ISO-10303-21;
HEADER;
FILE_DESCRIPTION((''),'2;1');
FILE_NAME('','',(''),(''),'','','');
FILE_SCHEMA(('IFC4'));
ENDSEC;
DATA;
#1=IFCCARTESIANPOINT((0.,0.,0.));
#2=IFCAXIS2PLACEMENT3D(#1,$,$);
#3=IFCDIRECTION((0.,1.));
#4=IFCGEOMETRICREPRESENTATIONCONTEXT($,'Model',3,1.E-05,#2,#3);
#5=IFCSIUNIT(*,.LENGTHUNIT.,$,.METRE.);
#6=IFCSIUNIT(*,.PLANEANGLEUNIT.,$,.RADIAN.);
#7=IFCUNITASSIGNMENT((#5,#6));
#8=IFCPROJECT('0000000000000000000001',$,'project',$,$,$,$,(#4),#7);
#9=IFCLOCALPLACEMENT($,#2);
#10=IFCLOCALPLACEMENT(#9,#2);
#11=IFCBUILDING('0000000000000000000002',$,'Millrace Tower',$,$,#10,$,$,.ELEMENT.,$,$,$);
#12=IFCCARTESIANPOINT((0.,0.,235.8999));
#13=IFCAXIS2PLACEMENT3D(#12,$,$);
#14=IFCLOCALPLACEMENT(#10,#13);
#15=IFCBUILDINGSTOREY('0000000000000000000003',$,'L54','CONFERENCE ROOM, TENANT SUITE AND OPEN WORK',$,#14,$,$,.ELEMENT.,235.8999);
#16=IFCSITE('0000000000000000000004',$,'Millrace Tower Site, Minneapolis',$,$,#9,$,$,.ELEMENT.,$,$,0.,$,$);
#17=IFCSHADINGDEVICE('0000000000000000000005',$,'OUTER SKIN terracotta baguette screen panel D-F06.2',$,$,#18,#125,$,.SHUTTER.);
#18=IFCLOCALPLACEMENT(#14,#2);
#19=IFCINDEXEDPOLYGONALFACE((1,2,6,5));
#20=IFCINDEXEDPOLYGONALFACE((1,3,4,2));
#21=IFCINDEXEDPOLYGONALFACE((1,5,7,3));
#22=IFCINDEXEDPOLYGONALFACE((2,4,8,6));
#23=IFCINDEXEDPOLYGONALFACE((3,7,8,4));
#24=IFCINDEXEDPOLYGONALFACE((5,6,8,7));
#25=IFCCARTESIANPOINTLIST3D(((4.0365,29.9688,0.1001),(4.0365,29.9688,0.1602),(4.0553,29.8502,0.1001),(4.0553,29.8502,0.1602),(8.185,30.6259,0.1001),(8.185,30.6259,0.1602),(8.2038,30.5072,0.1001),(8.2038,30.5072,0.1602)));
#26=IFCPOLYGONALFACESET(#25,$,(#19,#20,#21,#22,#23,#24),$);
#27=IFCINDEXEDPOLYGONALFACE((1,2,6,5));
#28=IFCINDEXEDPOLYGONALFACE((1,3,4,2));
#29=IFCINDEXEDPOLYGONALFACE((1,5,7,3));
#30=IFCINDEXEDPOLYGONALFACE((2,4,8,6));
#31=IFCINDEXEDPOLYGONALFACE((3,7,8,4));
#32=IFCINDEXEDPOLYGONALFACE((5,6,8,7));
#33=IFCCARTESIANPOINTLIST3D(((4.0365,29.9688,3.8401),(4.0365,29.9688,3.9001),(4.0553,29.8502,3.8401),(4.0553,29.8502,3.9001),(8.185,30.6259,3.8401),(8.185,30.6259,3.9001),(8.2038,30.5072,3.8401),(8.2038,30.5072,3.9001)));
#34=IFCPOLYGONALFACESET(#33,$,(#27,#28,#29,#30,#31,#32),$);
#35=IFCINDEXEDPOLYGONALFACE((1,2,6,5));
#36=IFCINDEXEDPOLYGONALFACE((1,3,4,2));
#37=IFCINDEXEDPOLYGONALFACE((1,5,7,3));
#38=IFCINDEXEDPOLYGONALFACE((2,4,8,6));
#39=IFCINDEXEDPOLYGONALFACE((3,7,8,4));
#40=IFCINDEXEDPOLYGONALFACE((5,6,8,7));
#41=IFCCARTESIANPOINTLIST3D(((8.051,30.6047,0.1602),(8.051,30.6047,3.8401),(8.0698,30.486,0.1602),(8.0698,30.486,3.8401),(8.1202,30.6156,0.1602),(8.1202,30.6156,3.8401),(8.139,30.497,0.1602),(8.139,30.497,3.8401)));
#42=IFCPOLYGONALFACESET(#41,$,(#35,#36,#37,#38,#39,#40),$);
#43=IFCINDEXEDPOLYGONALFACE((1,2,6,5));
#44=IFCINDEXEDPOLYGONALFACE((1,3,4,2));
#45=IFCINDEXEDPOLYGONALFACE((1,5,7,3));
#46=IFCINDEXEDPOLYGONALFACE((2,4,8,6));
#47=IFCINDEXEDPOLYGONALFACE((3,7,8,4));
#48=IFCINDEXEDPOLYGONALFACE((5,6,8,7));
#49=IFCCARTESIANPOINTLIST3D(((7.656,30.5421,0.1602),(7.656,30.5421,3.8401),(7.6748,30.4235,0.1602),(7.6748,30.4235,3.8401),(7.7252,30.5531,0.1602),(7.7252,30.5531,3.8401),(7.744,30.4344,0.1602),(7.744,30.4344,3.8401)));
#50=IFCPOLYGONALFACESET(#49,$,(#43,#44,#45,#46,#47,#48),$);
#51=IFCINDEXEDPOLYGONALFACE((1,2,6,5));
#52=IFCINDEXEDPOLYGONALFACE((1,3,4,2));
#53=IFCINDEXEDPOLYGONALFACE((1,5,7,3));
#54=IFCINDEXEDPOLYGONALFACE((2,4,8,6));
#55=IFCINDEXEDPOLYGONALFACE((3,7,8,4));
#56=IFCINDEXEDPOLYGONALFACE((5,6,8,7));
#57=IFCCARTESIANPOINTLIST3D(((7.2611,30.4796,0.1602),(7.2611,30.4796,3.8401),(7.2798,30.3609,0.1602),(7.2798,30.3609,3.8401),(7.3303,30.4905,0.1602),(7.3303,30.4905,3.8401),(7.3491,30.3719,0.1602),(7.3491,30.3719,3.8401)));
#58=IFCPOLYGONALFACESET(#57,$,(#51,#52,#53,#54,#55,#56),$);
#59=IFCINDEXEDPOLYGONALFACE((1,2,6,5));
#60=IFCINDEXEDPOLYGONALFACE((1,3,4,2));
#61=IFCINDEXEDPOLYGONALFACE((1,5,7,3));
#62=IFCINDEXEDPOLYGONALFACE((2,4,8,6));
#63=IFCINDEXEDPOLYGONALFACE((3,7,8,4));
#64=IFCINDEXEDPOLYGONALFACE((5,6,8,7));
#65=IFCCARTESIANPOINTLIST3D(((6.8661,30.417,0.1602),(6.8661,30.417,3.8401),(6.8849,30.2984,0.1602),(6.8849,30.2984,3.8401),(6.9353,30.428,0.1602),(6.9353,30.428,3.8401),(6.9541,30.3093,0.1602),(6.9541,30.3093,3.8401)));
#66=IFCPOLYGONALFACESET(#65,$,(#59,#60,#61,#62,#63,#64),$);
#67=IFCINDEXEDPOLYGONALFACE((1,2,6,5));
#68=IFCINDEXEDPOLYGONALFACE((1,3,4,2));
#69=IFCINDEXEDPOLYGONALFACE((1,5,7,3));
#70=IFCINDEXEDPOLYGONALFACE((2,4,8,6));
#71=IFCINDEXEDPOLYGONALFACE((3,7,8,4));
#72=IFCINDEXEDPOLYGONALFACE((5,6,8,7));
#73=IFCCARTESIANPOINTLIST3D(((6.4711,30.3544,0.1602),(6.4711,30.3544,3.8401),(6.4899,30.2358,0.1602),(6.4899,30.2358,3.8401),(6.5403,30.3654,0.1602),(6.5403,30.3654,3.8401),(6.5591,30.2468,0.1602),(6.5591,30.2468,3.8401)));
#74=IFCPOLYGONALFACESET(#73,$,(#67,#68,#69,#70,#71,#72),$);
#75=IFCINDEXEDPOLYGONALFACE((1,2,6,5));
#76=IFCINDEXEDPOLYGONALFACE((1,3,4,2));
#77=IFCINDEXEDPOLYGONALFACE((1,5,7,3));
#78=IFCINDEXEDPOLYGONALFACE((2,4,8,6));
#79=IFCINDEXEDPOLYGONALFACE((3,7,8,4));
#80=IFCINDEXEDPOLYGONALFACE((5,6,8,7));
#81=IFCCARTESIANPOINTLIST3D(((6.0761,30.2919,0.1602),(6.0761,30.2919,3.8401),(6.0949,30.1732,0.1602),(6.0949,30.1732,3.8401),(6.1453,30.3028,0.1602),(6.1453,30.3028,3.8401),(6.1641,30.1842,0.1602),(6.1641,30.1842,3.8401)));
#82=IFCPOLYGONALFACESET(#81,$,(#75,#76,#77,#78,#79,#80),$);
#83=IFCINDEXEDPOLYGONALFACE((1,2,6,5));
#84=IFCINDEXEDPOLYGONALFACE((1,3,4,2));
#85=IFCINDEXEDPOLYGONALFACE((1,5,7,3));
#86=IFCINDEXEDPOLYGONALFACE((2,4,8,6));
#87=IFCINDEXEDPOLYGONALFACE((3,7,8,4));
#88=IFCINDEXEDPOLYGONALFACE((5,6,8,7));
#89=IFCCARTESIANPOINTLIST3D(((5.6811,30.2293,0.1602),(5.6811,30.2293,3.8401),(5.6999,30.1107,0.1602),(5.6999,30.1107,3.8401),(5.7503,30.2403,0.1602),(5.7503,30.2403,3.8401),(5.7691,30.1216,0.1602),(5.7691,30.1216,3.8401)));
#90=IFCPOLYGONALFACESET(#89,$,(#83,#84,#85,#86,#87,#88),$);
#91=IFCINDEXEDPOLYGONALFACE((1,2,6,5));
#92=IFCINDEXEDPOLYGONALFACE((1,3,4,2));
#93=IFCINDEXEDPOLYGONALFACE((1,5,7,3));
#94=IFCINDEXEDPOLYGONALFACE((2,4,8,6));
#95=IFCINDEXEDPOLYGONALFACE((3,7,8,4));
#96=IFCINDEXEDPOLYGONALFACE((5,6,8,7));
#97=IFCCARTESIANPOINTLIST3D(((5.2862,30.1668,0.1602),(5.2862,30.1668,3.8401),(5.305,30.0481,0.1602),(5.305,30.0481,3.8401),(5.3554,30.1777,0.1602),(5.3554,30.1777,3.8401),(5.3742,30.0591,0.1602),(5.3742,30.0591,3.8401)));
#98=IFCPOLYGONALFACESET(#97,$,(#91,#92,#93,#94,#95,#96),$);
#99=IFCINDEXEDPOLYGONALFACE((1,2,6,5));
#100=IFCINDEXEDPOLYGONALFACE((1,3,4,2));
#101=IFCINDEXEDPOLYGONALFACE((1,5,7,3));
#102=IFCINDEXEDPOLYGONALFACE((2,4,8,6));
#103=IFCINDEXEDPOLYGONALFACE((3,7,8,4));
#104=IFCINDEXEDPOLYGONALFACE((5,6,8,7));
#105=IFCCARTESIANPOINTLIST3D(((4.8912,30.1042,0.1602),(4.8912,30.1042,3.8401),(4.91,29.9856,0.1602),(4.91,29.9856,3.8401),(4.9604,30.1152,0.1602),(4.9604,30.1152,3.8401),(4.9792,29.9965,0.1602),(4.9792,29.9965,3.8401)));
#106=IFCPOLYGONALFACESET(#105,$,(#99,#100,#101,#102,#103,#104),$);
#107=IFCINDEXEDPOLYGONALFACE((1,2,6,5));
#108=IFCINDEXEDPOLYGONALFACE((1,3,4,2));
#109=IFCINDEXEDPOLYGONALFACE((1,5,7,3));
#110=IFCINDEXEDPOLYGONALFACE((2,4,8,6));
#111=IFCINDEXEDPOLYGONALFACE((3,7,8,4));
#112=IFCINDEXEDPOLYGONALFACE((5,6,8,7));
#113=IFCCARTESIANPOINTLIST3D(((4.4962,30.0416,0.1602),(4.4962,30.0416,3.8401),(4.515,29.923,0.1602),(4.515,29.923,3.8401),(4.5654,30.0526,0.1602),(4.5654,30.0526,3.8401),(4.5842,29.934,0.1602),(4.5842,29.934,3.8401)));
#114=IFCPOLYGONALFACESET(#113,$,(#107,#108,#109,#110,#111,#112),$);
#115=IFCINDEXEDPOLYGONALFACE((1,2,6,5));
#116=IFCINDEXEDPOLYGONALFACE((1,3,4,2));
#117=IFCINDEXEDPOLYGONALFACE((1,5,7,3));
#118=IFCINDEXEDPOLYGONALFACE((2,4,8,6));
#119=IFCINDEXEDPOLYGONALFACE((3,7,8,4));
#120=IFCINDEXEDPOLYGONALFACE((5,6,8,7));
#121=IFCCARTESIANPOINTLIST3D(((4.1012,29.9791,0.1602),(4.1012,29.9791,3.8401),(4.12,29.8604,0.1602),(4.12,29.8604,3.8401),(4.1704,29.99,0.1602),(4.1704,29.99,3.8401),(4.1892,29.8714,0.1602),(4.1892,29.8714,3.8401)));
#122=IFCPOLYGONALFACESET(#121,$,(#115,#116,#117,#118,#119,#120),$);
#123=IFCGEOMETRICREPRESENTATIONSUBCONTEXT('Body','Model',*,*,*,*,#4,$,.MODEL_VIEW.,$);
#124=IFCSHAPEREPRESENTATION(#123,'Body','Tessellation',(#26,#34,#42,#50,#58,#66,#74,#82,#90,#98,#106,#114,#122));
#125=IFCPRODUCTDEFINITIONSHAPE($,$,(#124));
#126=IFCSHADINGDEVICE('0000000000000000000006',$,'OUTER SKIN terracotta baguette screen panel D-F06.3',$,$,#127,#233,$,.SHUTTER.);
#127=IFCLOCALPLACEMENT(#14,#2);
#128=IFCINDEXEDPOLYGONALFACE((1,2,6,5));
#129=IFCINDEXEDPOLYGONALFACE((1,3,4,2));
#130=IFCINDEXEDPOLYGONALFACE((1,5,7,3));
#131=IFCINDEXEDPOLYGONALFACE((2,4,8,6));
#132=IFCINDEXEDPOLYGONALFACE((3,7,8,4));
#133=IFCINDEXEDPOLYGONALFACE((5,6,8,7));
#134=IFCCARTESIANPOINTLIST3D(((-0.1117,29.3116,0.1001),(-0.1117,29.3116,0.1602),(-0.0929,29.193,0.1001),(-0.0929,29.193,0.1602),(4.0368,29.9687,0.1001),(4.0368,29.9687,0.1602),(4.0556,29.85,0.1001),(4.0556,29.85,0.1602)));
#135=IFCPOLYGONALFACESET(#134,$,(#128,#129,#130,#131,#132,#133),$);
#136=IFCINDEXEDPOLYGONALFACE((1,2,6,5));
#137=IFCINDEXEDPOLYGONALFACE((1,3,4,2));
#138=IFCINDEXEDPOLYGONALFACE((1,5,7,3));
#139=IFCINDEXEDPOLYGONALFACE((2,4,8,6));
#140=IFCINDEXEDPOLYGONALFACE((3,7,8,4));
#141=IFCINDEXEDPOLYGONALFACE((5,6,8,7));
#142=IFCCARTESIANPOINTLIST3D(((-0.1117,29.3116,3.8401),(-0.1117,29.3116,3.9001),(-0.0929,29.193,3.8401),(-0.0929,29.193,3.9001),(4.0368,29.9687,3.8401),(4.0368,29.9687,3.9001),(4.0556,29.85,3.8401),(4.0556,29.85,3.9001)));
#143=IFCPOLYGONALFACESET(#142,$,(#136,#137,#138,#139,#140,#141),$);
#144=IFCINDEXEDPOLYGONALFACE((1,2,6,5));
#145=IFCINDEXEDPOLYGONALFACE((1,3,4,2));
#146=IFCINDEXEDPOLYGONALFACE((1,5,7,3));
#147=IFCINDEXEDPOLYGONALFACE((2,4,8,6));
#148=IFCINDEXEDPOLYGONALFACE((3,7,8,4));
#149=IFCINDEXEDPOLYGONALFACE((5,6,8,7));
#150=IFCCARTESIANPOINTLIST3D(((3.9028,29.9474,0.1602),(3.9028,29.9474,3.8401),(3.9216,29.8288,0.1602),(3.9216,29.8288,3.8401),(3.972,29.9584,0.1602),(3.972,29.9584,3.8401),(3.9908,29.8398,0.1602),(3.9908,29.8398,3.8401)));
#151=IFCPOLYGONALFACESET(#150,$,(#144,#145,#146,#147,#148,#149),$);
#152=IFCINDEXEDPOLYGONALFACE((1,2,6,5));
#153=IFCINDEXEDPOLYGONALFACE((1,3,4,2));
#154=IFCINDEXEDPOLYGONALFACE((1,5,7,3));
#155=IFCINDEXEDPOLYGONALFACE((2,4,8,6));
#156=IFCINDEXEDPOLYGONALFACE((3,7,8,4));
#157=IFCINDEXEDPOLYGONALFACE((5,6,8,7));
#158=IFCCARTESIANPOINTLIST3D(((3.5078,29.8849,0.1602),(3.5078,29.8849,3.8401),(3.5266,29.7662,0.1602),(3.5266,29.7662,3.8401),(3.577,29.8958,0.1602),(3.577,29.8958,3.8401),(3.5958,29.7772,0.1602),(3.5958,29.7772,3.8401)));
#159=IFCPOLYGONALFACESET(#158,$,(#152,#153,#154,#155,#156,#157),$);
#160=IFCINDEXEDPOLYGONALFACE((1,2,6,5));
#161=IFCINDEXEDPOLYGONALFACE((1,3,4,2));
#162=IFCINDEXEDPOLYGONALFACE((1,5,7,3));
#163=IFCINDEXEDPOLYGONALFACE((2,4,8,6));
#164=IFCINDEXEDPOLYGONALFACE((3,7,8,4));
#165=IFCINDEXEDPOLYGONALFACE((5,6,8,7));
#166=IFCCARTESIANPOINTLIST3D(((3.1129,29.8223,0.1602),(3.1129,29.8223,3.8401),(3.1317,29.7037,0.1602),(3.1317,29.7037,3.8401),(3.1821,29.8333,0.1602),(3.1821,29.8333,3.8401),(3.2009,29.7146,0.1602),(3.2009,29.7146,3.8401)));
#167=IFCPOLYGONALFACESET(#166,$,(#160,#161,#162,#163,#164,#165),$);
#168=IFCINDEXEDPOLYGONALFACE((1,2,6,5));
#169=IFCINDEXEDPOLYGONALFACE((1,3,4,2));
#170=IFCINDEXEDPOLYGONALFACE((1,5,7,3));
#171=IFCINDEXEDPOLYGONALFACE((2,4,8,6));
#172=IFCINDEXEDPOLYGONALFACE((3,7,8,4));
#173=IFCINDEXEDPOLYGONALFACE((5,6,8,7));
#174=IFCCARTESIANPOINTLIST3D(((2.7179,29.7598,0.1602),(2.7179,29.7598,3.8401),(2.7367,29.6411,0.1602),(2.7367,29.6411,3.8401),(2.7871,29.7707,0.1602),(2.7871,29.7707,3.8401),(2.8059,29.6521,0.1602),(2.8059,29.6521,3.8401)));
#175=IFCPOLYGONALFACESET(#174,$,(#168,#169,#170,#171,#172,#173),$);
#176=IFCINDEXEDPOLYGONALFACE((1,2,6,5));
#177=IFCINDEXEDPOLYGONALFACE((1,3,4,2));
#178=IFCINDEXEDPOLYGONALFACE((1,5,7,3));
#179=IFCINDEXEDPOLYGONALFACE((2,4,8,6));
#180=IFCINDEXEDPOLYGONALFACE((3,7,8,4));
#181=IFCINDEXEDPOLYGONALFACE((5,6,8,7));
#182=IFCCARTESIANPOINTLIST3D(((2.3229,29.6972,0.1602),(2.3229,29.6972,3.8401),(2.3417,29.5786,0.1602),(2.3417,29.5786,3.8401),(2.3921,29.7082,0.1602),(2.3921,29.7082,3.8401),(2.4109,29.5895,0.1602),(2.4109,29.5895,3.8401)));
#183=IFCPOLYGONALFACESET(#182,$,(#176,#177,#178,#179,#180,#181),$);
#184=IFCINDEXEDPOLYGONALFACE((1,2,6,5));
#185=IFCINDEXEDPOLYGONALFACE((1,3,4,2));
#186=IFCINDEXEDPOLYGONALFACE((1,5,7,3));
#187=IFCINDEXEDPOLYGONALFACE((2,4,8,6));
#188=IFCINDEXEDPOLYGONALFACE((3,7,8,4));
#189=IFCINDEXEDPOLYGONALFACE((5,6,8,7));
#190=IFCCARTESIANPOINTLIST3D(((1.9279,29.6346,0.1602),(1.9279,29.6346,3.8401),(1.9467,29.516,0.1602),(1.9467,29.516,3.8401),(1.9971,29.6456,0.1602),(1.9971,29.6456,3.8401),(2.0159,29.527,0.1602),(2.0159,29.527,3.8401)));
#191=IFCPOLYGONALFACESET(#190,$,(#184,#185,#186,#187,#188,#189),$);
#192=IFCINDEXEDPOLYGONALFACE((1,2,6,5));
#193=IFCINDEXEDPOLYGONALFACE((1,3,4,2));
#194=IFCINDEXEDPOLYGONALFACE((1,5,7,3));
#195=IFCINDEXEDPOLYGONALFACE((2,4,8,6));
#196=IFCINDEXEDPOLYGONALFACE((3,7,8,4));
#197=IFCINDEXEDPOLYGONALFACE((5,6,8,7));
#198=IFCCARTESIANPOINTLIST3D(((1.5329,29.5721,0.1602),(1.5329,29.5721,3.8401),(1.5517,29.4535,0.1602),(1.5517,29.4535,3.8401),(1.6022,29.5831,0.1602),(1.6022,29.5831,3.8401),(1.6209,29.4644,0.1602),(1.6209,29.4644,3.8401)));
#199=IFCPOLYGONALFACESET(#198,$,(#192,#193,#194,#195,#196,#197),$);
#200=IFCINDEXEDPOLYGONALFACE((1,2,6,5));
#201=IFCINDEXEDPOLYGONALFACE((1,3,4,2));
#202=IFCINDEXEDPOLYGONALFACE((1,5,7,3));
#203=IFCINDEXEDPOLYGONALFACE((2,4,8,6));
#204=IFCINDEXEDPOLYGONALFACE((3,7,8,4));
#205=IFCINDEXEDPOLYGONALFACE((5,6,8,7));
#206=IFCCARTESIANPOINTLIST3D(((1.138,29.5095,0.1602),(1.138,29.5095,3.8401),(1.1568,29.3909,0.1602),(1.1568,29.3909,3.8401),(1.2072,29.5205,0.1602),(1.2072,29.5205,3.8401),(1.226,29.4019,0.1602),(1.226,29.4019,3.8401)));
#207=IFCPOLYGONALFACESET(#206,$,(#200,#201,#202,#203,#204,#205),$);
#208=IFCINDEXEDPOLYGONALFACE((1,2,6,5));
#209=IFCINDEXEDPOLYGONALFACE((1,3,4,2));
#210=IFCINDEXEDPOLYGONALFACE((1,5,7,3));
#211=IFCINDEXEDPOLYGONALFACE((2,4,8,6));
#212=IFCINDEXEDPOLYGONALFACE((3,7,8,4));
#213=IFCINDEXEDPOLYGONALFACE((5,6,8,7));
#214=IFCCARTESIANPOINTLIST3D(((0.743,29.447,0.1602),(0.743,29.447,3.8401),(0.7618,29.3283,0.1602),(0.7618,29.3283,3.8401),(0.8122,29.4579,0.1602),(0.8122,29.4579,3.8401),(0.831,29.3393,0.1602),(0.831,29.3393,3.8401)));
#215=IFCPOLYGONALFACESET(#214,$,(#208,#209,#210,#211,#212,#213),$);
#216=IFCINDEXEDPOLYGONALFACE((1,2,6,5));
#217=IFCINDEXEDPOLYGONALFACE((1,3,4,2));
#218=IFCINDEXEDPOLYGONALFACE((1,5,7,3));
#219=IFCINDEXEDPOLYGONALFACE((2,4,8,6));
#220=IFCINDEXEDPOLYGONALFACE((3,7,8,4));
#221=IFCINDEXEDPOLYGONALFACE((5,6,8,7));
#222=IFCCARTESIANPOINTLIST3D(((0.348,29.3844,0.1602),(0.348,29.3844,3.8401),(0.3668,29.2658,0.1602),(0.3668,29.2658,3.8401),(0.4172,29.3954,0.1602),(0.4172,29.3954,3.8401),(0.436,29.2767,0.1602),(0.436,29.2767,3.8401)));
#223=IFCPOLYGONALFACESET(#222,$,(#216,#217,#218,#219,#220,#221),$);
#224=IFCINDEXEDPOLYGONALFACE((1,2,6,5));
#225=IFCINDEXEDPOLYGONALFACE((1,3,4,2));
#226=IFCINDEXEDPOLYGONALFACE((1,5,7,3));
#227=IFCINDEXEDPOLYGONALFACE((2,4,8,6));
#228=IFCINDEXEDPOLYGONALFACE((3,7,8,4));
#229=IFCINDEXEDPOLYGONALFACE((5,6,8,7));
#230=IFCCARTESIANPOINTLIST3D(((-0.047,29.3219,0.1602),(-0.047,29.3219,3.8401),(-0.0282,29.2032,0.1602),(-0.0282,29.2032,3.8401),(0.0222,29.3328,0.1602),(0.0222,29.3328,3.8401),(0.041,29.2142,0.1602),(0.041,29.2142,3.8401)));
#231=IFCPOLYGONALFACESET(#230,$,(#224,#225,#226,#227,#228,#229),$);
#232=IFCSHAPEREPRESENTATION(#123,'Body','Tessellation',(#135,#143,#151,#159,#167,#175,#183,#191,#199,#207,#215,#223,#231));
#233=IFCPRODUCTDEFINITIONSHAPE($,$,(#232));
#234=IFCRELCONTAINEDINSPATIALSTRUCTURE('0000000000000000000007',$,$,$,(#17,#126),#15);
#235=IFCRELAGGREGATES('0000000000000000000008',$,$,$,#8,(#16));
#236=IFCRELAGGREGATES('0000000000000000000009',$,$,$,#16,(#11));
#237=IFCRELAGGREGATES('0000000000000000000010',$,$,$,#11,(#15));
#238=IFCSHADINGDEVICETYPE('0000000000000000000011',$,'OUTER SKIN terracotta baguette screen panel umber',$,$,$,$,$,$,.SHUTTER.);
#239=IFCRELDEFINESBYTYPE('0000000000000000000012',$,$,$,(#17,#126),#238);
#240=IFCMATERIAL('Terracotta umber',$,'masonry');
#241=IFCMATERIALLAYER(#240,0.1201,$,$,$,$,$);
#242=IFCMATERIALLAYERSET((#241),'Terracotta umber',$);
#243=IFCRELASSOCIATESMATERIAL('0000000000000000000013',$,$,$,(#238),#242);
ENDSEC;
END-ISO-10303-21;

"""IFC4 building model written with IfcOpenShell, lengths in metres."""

from ifc_helpers import new_model, entity, si_unit, direction, frame, frame_2d, origin, origin_2d, place, context, subcontext, project, spatial, rectangle, extrude, source, transform, mapped, material, layer, layer_set, type_object, element, save


model = new_model("IFC4")

# Units and contexts
model_context = context("Model", 3, precision=1e-05, world=origin(), true_north=direction((0.0, 1.0)))
body_context = subcontext(model_context, "Body", "Model", "MODEL_VIEW")
ifc_project = project(units=[si_unit("LENGTHUNIT", "METRE"), si_unit("PLANEANGLEUNIT", "RADIAN")], contexts=[model_context])

# Site, building, storey
site_placement = place(None, origin())
site = spatial("IfcSite", under=ifc_project, at=site_placement, Name="Millrace Tower Site, Minneapolis", CompositionType="ELEMENT", RefElevation=0.0)
building_placement = place(site_placement, origin())
building = spatial("IfcBuilding", under=site, at=building_placement, Name="Millrace Tower", CompositionType="ELEMENT")
storey_placement = place(building_placement, frame((0.0, 0.0, 235.8999)))
storey = spatial("IfcBuildingStorey", under=building, at=storey_placement, Name="L54", Description="CONFERENCE ROOM, TENANT SUITE AND OPEN WORK", CompositionType="ELEMENT", Elevation=235.8999)

# Shading devices
ifc_material_1 = material(Name="Terracotta umber", Category="masonry")
ifc_layer_1 = layer(ifc_material_1, 0.1201)
ifc_layer_set_1 = layer_set([ifc_layer_1], Name="Terracotta umber")
shading_device_type = type_object("IfcShadingDeviceType", Name="OUTER SKIN terracotta baguette screen panel umber", PredefinedType="SHUTTER", material=ifc_layer_set_1)
cartesian_point_1 = entity("IfcCartesianPoint", [-2.1001, 0.0601])
shared_polyline_1 = entity("IfcPolyline", [cartesian_point_1, entity("IfcCartesianPoint", [2.1001, 0.0601]), entity("IfcCartesianPoint", [2.1001, -0.0601]), entity("IfcCartesianPoint", [-2.1001, -0.0601]), cartesian_point_1])
shared_shape_1 = source(origin(), body_context, "Body", "SweptSolid", [
    entity("IfcExtrudedAreaSolid", entity("IfcArbitraryClosedProfileDef", "AREA", None, shared_polyline_1), entity("IfcAxis2Placement3D", entity("IfcCartesianPoint", [0.0, 0.0, 0.0])), entity("IfcDirection", [0.0, 0.0, 1.0]), 0.0601),
    entity("IfcExtrudedAreaSolid", entity("IfcArbitraryClosedProfileDef", "AREA", None, shared_polyline_1), entity("IfcAxis2Placement3D", entity("IfcCartesianPoint", [0.0, 0.0, 3.74])), entity("IfcDirection", [0.0, 0.0, 1.0]), 0.0601),
    extrude(rectangle(XDim=0.0701, YDim=0.1201, at=frame_2d((-1.9995, 0.0))), frame((0.0, 0.0, 0.0601)), (0.0, 0.0, 1.0), 3.6799),
    extrude(rectangle(XDim=0.0701, YDim=0.1201, at=frame_2d((-1.5996, 0.0))), frame((0.0, 0.0, 0.0601)), (0.0, 0.0, 1.0), 3.6799),
    extrude(rectangle(XDim=0.0701, YDim=0.1201, at=frame_2d((-1.1997, 0.0))), frame((0.0, 0.0, 0.0601)), (0.0, 0.0, 1.0), 3.6799),
    extrude(rectangle(XDim=0.0701, YDim=0.1201, at=frame_2d((-0.7998, 0.0))), frame((0.0, 0.0, 0.0601)), (0.0, 0.0, 1.0), 3.6799),
    extrude(rectangle(XDim=0.0701, YDim=0.1201, at=frame_2d((-0.3999, 0.0))), frame((0.0, 0.0, 0.0601)), (0.0, 0.0, 1.0), 3.6799),
    extrude(rectangle(XDim=0.0701, YDim=0.1201, at=origin_2d()), frame((0.0, 0.0, 0.0601)), (0.0, 0.0, 1.0), 3.6799),
    extrude(rectangle(XDim=0.0701, YDim=0.1201, at=frame_2d((0.3999, 0.0))), frame((0.0, 0.0, 0.0601)), (0.0, 0.0, 1.0), 3.6799),
    extrude(rectangle(XDim=0.0701, YDim=0.1201, at=frame_2d((0.7998, 0.0))), frame((0.0, 0.0, 0.0601)), (0.0, 0.0, 1.0), 3.6799),
    extrude(rectangle(XDim=0.0701, YDim=0.1201, at=frame_2d((1.1997, 0.0))), frame((0.0, 0.0, 0.0601)), (0.0, 0.0, 1.0), 3.6799),
    extrude(rectangle(XDim=0.0701, YDim=0.1201, at=frame_2d((1.5996, 0.0))), frame((0.0, 0.0, 0.0601)), (0.0, 0.0, 1.0), 3.6799),
    extrude(rectangle(XDim=0.0701, YDim=0.1201, at=frame_2d((1.9995, 0.0))), frame((0.0, 0.0, 0.0601)), (0.0, 0.0, 1.0), 3.6799),
])
for number, where, z_axis, x_axis, name in (
    (1, (6.1201, 30.238, 0.1001), (0.0, 0.0, 1.0), (-0.987688, -0.156434, 0.0), "OUTER SKIN terracotta baguette screen panel D-F06.2"),
    (2, (1.9719, 29.5808, 0.1001), (0.0, 0.0, 1.0), (-0.987688, -0.156434, 0.0), "OUTER SKIN terracotta baguette screen panel D-F06.3"),
):
    element("IfcShadingDevice", number, at=place(storey_placement, frame(where, z_axis=z_axis, x_axis=x_axis)), inside=storey, type_object=shading_device_type, Name=name, PredefinedType="SHUTTER", context=body_context, shape_type="MappedRepresentation", body=[
        mapped(shared_shape_1, transform((0.0, 0.0, 0.0), scale=1.0)),
    ])

save(model, "model.ifc")
